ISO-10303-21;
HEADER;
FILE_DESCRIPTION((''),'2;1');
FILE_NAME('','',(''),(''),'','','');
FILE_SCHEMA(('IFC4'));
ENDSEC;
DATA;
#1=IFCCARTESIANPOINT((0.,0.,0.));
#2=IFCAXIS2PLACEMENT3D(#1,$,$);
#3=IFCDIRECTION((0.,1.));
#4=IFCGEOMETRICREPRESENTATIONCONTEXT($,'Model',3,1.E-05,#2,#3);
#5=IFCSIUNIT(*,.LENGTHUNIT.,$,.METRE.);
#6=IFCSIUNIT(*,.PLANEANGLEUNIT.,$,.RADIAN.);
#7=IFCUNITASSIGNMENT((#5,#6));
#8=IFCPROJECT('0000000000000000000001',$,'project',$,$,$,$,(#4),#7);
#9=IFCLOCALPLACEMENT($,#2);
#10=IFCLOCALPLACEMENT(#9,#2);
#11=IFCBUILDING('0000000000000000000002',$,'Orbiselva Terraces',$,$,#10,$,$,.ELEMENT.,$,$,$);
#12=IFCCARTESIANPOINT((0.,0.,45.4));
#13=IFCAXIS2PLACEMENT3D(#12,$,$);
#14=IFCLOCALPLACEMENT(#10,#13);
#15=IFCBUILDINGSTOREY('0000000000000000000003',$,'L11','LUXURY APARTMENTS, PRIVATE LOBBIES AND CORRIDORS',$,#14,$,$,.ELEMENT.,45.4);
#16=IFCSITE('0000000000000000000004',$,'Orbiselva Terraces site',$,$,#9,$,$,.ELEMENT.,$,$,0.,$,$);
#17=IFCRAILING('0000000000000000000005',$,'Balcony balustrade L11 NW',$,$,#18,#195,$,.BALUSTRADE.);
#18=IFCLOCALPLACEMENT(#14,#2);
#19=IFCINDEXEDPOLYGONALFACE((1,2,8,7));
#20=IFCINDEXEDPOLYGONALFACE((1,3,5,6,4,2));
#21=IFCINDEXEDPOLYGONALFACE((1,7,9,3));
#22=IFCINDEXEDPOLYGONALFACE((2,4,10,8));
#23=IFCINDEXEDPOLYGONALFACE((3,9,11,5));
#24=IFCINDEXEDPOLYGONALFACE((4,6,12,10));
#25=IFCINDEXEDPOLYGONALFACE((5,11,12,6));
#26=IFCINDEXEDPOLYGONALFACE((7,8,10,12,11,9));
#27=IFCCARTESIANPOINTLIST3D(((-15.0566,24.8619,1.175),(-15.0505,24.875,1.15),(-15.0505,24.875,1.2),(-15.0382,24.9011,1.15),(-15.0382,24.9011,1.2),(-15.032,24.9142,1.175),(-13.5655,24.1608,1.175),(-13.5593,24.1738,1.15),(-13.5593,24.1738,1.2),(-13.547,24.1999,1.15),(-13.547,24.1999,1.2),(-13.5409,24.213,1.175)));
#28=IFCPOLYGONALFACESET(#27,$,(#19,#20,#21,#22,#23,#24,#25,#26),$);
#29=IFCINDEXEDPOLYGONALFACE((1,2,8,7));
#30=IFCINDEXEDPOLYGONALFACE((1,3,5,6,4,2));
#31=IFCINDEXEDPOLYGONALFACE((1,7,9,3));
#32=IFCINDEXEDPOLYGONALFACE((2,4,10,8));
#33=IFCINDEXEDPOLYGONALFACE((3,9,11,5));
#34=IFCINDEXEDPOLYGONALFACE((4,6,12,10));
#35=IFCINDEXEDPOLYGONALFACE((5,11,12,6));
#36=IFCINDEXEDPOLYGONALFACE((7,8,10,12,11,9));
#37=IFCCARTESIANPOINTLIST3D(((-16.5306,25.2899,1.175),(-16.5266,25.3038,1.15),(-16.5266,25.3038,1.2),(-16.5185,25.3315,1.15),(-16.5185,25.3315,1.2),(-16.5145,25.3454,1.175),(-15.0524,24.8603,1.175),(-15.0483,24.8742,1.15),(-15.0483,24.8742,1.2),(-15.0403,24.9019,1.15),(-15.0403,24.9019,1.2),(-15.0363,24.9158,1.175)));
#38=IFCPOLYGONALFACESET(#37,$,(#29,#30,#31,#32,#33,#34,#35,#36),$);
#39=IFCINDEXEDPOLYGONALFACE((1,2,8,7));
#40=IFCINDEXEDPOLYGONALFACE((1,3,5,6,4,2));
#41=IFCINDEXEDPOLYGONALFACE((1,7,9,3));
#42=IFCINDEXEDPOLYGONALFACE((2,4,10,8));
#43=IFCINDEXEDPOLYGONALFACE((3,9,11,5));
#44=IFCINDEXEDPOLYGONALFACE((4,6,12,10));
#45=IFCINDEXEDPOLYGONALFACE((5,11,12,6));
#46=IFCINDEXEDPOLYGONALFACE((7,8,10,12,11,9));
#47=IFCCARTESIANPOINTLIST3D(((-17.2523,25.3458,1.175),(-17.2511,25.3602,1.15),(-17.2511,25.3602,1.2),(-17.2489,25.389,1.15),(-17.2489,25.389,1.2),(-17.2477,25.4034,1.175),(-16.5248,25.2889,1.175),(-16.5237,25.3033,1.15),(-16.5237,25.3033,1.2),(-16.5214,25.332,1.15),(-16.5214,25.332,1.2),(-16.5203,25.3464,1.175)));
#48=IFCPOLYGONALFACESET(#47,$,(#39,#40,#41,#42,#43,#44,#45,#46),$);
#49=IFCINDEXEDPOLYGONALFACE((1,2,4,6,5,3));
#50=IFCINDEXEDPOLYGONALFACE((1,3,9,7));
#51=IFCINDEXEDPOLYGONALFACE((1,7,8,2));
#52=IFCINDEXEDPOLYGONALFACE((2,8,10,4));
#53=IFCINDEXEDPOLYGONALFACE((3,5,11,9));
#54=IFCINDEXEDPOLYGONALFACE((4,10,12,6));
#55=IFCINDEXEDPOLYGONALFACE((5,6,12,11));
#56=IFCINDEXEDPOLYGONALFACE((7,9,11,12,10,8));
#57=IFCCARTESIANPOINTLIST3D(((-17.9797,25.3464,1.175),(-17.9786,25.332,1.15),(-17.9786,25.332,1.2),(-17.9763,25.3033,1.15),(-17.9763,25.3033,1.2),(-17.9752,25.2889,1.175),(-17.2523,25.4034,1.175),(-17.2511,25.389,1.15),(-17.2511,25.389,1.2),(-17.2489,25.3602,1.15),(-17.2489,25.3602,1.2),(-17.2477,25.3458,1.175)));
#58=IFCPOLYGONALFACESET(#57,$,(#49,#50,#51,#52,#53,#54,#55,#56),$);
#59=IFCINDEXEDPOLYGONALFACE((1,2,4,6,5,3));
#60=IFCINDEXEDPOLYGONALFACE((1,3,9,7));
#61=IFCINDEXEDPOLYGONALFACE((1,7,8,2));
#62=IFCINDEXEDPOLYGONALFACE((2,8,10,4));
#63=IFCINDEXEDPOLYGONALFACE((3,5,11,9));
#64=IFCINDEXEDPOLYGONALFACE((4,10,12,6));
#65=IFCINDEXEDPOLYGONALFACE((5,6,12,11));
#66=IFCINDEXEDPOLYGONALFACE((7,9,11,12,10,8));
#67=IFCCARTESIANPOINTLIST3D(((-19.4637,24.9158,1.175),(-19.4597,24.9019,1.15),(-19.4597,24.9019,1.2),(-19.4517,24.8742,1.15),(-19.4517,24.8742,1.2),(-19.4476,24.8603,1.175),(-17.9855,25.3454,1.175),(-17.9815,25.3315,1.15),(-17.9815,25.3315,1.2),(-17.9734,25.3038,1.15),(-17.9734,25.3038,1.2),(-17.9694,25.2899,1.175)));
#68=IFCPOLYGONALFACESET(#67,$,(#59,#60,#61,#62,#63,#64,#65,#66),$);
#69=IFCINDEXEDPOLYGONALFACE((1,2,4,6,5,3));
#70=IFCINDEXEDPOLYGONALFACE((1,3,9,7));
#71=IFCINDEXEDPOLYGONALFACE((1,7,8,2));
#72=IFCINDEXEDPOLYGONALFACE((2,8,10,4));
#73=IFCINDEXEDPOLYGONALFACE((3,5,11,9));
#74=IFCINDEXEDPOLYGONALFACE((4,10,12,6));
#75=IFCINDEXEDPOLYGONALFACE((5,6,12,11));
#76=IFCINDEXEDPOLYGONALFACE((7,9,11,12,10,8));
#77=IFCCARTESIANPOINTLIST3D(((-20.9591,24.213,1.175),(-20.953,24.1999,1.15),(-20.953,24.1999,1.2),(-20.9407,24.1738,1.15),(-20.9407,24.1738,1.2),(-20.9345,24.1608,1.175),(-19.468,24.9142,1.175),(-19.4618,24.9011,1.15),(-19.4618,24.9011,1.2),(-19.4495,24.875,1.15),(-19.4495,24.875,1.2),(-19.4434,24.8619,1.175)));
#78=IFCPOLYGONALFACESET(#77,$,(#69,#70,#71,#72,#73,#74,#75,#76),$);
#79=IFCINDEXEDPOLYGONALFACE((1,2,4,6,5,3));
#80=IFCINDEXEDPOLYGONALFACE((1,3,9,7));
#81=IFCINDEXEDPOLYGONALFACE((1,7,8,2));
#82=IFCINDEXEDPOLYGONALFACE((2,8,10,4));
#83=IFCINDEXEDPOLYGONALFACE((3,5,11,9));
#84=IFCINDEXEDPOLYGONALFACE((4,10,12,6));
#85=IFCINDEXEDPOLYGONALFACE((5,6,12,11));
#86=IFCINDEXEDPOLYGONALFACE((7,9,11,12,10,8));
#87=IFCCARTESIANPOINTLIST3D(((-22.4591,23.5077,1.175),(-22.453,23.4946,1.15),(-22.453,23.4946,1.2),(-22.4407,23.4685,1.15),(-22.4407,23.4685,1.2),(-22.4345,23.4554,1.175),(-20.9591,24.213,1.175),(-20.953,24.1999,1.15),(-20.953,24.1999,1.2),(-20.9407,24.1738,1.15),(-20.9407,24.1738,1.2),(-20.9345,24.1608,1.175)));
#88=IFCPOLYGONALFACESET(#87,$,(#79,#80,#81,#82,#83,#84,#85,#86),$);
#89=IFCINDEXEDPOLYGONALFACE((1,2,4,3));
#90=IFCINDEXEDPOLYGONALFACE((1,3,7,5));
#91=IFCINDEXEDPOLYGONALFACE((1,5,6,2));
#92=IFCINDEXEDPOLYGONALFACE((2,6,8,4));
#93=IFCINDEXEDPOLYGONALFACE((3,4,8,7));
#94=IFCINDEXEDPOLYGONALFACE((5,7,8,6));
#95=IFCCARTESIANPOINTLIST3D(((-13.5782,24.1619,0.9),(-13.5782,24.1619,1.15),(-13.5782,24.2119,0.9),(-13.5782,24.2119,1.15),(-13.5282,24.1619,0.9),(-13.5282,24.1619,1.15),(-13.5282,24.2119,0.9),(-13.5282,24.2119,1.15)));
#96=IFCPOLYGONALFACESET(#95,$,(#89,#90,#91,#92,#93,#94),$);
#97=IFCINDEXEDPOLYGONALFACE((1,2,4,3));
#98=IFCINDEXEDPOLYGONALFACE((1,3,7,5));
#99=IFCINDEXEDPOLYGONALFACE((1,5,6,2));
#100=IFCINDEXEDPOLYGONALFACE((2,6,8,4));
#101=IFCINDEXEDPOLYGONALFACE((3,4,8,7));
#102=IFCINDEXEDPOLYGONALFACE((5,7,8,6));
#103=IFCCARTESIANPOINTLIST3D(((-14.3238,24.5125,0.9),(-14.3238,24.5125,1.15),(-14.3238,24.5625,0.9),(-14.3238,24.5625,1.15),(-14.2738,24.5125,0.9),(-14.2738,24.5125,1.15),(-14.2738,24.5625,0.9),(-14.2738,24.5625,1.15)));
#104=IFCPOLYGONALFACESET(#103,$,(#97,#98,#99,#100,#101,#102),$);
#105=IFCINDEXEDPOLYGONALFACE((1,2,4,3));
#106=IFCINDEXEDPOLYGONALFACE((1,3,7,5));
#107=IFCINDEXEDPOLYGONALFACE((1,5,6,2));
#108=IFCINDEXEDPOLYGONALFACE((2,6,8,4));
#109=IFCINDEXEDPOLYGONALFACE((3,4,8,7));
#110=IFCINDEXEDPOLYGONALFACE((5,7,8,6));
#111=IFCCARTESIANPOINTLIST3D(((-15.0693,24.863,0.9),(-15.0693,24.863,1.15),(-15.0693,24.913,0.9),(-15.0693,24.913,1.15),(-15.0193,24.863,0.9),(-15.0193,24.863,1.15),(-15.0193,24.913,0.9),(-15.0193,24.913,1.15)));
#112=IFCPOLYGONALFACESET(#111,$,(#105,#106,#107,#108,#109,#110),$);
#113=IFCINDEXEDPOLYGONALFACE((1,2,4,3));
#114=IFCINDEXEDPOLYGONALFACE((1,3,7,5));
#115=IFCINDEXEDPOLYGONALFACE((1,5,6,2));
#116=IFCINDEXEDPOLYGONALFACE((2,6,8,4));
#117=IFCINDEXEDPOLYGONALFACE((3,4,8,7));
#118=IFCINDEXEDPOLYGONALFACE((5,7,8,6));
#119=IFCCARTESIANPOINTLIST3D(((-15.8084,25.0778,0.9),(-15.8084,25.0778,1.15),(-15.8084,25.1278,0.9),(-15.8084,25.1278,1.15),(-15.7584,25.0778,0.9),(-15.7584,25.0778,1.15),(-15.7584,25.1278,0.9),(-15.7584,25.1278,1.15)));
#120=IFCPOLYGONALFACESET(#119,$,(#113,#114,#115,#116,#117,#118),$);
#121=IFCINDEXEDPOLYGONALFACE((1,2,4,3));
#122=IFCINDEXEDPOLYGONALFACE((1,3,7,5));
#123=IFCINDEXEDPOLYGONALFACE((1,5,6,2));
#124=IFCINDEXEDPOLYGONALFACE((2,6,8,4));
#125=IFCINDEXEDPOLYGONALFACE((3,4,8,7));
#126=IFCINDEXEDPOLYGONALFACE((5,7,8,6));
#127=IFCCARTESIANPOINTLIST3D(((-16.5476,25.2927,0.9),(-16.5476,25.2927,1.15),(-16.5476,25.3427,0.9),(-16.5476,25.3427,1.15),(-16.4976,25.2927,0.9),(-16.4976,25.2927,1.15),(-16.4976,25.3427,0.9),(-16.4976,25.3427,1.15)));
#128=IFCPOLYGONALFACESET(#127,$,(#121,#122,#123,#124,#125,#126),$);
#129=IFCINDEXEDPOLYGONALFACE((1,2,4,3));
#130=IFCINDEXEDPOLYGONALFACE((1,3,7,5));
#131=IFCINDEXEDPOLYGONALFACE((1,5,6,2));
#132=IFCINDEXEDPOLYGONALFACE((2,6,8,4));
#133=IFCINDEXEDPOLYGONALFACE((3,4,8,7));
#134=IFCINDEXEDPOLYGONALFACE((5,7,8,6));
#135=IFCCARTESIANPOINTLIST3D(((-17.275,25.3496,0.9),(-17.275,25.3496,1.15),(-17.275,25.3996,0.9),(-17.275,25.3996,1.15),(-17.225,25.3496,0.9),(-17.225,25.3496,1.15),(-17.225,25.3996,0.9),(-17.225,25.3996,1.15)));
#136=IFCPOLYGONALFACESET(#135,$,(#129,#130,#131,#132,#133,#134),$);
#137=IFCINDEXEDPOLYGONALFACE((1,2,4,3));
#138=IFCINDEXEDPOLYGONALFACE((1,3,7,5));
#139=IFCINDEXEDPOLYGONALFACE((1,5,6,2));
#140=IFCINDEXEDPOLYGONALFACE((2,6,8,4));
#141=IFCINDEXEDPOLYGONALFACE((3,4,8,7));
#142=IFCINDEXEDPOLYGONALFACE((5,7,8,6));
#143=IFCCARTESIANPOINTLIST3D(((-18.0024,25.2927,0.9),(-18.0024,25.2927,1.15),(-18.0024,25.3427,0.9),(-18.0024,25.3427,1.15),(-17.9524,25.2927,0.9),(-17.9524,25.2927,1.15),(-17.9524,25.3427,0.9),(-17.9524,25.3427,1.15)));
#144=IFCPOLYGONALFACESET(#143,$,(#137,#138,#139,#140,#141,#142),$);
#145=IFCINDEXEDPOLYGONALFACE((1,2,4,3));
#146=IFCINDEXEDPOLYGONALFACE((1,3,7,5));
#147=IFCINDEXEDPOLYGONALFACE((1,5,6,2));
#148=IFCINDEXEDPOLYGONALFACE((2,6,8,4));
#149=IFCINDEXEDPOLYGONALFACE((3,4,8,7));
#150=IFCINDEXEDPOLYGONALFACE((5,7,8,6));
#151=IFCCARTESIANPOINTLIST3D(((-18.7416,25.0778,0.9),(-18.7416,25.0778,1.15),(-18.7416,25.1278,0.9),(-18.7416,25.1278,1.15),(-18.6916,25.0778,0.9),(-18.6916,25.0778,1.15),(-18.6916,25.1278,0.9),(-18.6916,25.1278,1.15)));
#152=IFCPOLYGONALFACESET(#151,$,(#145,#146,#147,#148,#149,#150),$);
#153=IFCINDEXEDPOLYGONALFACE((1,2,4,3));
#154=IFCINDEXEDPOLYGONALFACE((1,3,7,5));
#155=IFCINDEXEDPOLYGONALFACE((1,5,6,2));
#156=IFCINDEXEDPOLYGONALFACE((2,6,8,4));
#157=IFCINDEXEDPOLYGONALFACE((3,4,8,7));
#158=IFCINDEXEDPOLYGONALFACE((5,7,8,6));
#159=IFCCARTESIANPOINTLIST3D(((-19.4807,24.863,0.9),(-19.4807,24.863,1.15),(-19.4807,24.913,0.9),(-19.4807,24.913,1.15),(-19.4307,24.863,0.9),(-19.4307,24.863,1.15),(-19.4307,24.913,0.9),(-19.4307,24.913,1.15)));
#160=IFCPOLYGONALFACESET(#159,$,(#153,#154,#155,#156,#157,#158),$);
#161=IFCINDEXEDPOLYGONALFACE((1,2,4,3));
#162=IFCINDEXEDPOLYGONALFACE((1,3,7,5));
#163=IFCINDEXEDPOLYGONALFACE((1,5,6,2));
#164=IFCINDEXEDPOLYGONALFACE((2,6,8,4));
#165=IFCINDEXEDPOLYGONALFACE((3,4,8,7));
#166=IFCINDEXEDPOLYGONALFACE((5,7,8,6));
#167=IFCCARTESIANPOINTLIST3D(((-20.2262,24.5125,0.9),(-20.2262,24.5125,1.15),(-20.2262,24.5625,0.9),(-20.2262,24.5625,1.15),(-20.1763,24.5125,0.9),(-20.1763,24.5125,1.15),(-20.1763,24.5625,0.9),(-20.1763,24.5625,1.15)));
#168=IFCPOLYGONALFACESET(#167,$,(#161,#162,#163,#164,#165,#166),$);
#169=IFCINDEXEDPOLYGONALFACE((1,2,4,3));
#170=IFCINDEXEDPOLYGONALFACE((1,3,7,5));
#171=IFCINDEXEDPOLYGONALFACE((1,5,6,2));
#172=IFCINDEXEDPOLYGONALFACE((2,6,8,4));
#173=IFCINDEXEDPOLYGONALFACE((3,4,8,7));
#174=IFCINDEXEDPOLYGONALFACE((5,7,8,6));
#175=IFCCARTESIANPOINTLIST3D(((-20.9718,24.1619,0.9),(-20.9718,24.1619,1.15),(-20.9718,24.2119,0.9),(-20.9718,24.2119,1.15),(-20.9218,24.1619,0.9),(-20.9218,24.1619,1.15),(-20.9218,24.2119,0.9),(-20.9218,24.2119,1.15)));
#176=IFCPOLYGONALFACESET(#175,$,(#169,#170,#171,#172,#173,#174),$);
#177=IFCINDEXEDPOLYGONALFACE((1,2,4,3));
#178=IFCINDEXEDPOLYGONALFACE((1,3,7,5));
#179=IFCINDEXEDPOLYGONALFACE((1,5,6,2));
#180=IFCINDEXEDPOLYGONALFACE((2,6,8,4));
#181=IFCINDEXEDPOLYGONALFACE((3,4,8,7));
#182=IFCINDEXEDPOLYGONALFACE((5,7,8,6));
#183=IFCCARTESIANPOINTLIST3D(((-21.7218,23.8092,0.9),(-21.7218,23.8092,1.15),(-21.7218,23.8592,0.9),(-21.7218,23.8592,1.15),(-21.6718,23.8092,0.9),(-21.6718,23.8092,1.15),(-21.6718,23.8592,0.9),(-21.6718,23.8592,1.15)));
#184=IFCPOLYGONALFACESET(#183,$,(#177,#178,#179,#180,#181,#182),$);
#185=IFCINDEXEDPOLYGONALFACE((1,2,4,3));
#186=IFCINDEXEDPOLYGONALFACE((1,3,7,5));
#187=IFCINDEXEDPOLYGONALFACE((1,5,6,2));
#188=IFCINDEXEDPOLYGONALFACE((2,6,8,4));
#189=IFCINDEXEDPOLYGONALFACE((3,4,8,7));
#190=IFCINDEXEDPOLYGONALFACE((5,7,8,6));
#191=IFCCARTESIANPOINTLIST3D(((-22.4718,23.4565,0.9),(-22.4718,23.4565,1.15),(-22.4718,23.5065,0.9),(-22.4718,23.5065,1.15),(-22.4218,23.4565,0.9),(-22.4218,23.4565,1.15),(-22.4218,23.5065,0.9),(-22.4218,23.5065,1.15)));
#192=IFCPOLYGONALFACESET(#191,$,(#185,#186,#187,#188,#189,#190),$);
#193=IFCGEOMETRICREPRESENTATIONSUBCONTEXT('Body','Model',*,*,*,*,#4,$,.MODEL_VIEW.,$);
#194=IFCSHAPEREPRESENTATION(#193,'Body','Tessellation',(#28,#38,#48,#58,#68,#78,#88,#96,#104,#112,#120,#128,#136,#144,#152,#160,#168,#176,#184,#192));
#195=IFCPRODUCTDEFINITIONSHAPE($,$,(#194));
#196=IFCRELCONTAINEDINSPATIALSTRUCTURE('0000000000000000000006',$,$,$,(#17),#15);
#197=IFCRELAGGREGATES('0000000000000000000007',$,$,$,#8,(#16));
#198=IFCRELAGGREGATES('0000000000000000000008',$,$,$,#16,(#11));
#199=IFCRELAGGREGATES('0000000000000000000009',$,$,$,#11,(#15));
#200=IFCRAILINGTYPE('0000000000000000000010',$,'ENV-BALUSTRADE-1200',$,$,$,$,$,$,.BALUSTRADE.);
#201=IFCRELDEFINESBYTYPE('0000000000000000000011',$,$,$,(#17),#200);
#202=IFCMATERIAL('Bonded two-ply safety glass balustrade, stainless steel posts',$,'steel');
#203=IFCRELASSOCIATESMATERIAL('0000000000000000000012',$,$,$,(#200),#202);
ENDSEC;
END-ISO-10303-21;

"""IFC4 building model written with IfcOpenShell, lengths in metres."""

from ifc_helpers import new_model, si_unit, direction, frame, origin, origin_2d, place, context, subcontext, project, spatial, polyline, rectangle, outline, extrude, material, type_object, element, save


model = new_model("IFC4")

# Units and contexts
model_context = context("Model", 3, precision=1e-05, world=origin(), true_north=direction((0.0, 1.0)))
body_context = subcontext(model_context, "Body", "Model", "MODEL_VIEW")
ifc_project = project(units=[si_unit("LENGTHUNIT", "METRE"), si_unit("PLANEANGLEUNIT", "RADIAN")], contexts=[model_context])

# Site, building, storey
site_placement = place(None, origin())
site = spatial("IfcSite", under=ifc_project, at=site_placement, Name="Orbiselva Terraces site", CompositionType="ELEMENT", RefElevation=0.0)
building_placement = place(site_placement, origin())
building = spatial("IfcBuilding", under=site, at=building_placement, Name="Orbiselva Terraces", CompositionType="ELEMENT")
storey_placement = place(building_placement, frame((0.0, 0.0, 45.4)))
storey = spatial("IfcBuildingStorey", under=building, at=storey_placement, Name="L11", Description="LUXURY APARTMENTS, PRIVATE LOBBIES AND CORRIDORS", CompositionType="ELEMENT", Elevation=45.4)

# Railing
ifc_material_1 = material(Name="Bonded two-ply safety glass balustrade, stainless steel posts", Category="steel")
railing_type_1 = type_object("IfcRailingType", Name="ENV-BALUSTRADE-1200", PredefinedType="BALUSTRADE", material=ifc_material_1)
railing_1_placement = place(storey_placement, frame((-13.5532, 24.1869, 0.9)))
element("IfcRailing", 1, at=railing_1_placement, inside=storey, type_object=railing_type_1, Name="Balcony balustrade L11 NW", PredefinedType="BALUSTRADE", context=body_context, shape_type="SweptSolid", body=[
    extrude(outline(polyline([(0.0289, 0.0), (0.0144, 0.025), (-0.0144, 0.025), (-0.0289, 0.0), (-0.0144, -0.025), (0.0144, -0.025), (0.0289, 0.0)])), frame((0.0, 0.0, 0.275), z_axis=(-0.904944, 0.42553, 0.0), x_axis=(-0.42553, -0.904944, 0.0)), (0.0, 0.0, 1.0), 1.6477),
    extrude(outline(polyline([(0.0289, 0.0), (0.0144, 0.025), (-0.0144, 0.025), (-0.0289, 0.0), (-0.0144, -0.025), (0.0144, -0.025), (0.0289, 0.0)])), frame((-1.4911, 0.7012, 0.275), z_axis=(-0.96027, 0.279072, 0.0), x_axis=(-0.279072, -0.96027, 0.0)), (0.0, 0.0, 1.0), 1.5394),
    extrude(outline(polyline([(0.0289, 0.0), (0.0144, 0.025), (-0.0144, 0.025), (-0.0289, 0.0), (-0.0144, -0.025), (0.0144, -0.025), (0.0289, 0.0)])), frame((-2.9694, 1.1308, 0.275), z_axis=(-0.996948, 0.07807, 0.0), x_axis=(-0.07807, -0.996948, 0.0)), (0.0, 0.0, 1.0), 0.7297),
    extrude(outline(polyline([(0.0289, 0.0), (0.0144, 0.025), (-0.0144, 0.025), (-0.0289, 0.0), (-0.0144, -0.025), (0.0144, -0.025), (0.0289, 0.0)])), frame((-3.6968, 1.1877, 0.275), z_axis=(-0.996948, -0.07807, 0.0), x_axis=(0.07807, -0.996948, 0.0)), (0.0, 0.0, 1.0), 0.7297),
    extrude(outline(polyline([(0.0289, 0.0), (0.0144, 0.025), (-0.0144, 0.025), (-0.0289, 0.0), (-0.0144, -0.025), (0.0144, -0.025), (0.0289, 0.0)])), frame((-4.4243, 1.1308, 0.275), z_axis=(-0.96027, -0.279072, 0.0), x_axis=(0.279072, -0.96027, 0.0)), (0.0, 0.0, 1.0), 1.5394),
    extrude(outline(polyline([(0.0289, 0.0), (0.0144, 0.025), (-0.0144, 0.025), (-0.0289, 0.0), (-0.0144, -0.025), (0.0144, -0.025), (0.0289, 0.0)])), frame((-5.9025, 0.7012, 0.275), z_axis=(-0.904944, -0.42553, 0.0), x_axis=(0.42553, -0.904944, 0.0)), (0.0, 0.0, 1.0), 1.6477),
    extrude(outline(polyline([(0.0289, 0.0), (0.0144, 0.025), (-0.0144, 0.025), (-0.0289, 0.0), (-0.0144, -0.025), (0.0144, -0.025), (0.0289, 0.0)])), frame((-7.3936, 0.0, 0.275), z_axis=(-0.904944, -0.42553, 0.0), x_axis=(0.42553, -0.904944, 0.0)), (0.0, 0.0, 1.0), 1.6576),
    extrude(rectangle(XDim=0.05, YDim=0.05, at=origin_2d()), origin(), (0.0, 0.0, 1.0), 0.25),
    extrude(rectangle(XDim=0.05, YDim=0.05, at=origin_2d()), frame((-0.7456, 0.3506, 0.0)), (0.0, 0.0, 1.0), 0.25),
    extrude(rectangle(XDim=0.05, YDim=0.05, at=origin_2d()), frame((-1.4911, 0.7012, 0.0)), (0.0, 0.0, 1.0), 0.25),
    extrude(rectangle(XDim=0.05, YDim=0.05, at=origin_2d()), frame((-2.2302, 0.916, 0.0)), (0.0, 0.0, 1.0), 0.25),
    extrude(rectangle(XDim=0.05, YDim=0.05, at=origin_2d()), frame((-2.9694, 1.1308, 0.0)), (0.0, 0.0, 1.0), 0.25),
    extrude(rectangle(XDim=0.05, YDim=0.05, at=origin_2d()), frame((-3.6968, 1.1877, 0.0)), (0.0, 0.0, 1.0), 0.25),
    extrude(rectangle(XDim=0.05, YDim=0.05, at=origin_2d()), frame((-4.4243, 1.1308, 0.0)), (0.0, 0.0, 1.0), 0.25),
    extrude(rectangle(XDim=0.05, YDim=0.05, at=origin_2d()), frame((-5.1634, 0.916, 0.0)), (0.0, 0.0, 1.0), 0.25),
    extrude(rectangle(XDim=0.05, YDim=0.05, at=origin_2d()), frame((-5.9025, 0.7012, 0.0)), (0.0, 0.0, 1.0), 0.25),
    extrude(rectangle(XDim=0.05, YDim=0.05, at=origin_2d()), frame((-6.6481, 0.3506, 0.0)), (0.0, 0.0, 1.0), 0.25),
    extrude(rectangle(XDim=0.05, YDim=0.05, at=origin_2d()), frame((-7.3936, 0.0, 0.0)), (0.0, 0.0, 1.0), 0.25),
    extrude(rectangle(XDim=0.05, YDim=0.05, at=origin_2d()), frame((-8.1436, -0.3527, 0.0)), (0.0, 0.0, 1.0), 0.25),
    extrude(rectangle(XDim=0.05, YDim=0.05, at=origin_2d()), frame((-8.8936, -0.7053, 0.0)), (0.0, 0.0, 1.0), 0.25),
])

save(model, "model.ifc")
